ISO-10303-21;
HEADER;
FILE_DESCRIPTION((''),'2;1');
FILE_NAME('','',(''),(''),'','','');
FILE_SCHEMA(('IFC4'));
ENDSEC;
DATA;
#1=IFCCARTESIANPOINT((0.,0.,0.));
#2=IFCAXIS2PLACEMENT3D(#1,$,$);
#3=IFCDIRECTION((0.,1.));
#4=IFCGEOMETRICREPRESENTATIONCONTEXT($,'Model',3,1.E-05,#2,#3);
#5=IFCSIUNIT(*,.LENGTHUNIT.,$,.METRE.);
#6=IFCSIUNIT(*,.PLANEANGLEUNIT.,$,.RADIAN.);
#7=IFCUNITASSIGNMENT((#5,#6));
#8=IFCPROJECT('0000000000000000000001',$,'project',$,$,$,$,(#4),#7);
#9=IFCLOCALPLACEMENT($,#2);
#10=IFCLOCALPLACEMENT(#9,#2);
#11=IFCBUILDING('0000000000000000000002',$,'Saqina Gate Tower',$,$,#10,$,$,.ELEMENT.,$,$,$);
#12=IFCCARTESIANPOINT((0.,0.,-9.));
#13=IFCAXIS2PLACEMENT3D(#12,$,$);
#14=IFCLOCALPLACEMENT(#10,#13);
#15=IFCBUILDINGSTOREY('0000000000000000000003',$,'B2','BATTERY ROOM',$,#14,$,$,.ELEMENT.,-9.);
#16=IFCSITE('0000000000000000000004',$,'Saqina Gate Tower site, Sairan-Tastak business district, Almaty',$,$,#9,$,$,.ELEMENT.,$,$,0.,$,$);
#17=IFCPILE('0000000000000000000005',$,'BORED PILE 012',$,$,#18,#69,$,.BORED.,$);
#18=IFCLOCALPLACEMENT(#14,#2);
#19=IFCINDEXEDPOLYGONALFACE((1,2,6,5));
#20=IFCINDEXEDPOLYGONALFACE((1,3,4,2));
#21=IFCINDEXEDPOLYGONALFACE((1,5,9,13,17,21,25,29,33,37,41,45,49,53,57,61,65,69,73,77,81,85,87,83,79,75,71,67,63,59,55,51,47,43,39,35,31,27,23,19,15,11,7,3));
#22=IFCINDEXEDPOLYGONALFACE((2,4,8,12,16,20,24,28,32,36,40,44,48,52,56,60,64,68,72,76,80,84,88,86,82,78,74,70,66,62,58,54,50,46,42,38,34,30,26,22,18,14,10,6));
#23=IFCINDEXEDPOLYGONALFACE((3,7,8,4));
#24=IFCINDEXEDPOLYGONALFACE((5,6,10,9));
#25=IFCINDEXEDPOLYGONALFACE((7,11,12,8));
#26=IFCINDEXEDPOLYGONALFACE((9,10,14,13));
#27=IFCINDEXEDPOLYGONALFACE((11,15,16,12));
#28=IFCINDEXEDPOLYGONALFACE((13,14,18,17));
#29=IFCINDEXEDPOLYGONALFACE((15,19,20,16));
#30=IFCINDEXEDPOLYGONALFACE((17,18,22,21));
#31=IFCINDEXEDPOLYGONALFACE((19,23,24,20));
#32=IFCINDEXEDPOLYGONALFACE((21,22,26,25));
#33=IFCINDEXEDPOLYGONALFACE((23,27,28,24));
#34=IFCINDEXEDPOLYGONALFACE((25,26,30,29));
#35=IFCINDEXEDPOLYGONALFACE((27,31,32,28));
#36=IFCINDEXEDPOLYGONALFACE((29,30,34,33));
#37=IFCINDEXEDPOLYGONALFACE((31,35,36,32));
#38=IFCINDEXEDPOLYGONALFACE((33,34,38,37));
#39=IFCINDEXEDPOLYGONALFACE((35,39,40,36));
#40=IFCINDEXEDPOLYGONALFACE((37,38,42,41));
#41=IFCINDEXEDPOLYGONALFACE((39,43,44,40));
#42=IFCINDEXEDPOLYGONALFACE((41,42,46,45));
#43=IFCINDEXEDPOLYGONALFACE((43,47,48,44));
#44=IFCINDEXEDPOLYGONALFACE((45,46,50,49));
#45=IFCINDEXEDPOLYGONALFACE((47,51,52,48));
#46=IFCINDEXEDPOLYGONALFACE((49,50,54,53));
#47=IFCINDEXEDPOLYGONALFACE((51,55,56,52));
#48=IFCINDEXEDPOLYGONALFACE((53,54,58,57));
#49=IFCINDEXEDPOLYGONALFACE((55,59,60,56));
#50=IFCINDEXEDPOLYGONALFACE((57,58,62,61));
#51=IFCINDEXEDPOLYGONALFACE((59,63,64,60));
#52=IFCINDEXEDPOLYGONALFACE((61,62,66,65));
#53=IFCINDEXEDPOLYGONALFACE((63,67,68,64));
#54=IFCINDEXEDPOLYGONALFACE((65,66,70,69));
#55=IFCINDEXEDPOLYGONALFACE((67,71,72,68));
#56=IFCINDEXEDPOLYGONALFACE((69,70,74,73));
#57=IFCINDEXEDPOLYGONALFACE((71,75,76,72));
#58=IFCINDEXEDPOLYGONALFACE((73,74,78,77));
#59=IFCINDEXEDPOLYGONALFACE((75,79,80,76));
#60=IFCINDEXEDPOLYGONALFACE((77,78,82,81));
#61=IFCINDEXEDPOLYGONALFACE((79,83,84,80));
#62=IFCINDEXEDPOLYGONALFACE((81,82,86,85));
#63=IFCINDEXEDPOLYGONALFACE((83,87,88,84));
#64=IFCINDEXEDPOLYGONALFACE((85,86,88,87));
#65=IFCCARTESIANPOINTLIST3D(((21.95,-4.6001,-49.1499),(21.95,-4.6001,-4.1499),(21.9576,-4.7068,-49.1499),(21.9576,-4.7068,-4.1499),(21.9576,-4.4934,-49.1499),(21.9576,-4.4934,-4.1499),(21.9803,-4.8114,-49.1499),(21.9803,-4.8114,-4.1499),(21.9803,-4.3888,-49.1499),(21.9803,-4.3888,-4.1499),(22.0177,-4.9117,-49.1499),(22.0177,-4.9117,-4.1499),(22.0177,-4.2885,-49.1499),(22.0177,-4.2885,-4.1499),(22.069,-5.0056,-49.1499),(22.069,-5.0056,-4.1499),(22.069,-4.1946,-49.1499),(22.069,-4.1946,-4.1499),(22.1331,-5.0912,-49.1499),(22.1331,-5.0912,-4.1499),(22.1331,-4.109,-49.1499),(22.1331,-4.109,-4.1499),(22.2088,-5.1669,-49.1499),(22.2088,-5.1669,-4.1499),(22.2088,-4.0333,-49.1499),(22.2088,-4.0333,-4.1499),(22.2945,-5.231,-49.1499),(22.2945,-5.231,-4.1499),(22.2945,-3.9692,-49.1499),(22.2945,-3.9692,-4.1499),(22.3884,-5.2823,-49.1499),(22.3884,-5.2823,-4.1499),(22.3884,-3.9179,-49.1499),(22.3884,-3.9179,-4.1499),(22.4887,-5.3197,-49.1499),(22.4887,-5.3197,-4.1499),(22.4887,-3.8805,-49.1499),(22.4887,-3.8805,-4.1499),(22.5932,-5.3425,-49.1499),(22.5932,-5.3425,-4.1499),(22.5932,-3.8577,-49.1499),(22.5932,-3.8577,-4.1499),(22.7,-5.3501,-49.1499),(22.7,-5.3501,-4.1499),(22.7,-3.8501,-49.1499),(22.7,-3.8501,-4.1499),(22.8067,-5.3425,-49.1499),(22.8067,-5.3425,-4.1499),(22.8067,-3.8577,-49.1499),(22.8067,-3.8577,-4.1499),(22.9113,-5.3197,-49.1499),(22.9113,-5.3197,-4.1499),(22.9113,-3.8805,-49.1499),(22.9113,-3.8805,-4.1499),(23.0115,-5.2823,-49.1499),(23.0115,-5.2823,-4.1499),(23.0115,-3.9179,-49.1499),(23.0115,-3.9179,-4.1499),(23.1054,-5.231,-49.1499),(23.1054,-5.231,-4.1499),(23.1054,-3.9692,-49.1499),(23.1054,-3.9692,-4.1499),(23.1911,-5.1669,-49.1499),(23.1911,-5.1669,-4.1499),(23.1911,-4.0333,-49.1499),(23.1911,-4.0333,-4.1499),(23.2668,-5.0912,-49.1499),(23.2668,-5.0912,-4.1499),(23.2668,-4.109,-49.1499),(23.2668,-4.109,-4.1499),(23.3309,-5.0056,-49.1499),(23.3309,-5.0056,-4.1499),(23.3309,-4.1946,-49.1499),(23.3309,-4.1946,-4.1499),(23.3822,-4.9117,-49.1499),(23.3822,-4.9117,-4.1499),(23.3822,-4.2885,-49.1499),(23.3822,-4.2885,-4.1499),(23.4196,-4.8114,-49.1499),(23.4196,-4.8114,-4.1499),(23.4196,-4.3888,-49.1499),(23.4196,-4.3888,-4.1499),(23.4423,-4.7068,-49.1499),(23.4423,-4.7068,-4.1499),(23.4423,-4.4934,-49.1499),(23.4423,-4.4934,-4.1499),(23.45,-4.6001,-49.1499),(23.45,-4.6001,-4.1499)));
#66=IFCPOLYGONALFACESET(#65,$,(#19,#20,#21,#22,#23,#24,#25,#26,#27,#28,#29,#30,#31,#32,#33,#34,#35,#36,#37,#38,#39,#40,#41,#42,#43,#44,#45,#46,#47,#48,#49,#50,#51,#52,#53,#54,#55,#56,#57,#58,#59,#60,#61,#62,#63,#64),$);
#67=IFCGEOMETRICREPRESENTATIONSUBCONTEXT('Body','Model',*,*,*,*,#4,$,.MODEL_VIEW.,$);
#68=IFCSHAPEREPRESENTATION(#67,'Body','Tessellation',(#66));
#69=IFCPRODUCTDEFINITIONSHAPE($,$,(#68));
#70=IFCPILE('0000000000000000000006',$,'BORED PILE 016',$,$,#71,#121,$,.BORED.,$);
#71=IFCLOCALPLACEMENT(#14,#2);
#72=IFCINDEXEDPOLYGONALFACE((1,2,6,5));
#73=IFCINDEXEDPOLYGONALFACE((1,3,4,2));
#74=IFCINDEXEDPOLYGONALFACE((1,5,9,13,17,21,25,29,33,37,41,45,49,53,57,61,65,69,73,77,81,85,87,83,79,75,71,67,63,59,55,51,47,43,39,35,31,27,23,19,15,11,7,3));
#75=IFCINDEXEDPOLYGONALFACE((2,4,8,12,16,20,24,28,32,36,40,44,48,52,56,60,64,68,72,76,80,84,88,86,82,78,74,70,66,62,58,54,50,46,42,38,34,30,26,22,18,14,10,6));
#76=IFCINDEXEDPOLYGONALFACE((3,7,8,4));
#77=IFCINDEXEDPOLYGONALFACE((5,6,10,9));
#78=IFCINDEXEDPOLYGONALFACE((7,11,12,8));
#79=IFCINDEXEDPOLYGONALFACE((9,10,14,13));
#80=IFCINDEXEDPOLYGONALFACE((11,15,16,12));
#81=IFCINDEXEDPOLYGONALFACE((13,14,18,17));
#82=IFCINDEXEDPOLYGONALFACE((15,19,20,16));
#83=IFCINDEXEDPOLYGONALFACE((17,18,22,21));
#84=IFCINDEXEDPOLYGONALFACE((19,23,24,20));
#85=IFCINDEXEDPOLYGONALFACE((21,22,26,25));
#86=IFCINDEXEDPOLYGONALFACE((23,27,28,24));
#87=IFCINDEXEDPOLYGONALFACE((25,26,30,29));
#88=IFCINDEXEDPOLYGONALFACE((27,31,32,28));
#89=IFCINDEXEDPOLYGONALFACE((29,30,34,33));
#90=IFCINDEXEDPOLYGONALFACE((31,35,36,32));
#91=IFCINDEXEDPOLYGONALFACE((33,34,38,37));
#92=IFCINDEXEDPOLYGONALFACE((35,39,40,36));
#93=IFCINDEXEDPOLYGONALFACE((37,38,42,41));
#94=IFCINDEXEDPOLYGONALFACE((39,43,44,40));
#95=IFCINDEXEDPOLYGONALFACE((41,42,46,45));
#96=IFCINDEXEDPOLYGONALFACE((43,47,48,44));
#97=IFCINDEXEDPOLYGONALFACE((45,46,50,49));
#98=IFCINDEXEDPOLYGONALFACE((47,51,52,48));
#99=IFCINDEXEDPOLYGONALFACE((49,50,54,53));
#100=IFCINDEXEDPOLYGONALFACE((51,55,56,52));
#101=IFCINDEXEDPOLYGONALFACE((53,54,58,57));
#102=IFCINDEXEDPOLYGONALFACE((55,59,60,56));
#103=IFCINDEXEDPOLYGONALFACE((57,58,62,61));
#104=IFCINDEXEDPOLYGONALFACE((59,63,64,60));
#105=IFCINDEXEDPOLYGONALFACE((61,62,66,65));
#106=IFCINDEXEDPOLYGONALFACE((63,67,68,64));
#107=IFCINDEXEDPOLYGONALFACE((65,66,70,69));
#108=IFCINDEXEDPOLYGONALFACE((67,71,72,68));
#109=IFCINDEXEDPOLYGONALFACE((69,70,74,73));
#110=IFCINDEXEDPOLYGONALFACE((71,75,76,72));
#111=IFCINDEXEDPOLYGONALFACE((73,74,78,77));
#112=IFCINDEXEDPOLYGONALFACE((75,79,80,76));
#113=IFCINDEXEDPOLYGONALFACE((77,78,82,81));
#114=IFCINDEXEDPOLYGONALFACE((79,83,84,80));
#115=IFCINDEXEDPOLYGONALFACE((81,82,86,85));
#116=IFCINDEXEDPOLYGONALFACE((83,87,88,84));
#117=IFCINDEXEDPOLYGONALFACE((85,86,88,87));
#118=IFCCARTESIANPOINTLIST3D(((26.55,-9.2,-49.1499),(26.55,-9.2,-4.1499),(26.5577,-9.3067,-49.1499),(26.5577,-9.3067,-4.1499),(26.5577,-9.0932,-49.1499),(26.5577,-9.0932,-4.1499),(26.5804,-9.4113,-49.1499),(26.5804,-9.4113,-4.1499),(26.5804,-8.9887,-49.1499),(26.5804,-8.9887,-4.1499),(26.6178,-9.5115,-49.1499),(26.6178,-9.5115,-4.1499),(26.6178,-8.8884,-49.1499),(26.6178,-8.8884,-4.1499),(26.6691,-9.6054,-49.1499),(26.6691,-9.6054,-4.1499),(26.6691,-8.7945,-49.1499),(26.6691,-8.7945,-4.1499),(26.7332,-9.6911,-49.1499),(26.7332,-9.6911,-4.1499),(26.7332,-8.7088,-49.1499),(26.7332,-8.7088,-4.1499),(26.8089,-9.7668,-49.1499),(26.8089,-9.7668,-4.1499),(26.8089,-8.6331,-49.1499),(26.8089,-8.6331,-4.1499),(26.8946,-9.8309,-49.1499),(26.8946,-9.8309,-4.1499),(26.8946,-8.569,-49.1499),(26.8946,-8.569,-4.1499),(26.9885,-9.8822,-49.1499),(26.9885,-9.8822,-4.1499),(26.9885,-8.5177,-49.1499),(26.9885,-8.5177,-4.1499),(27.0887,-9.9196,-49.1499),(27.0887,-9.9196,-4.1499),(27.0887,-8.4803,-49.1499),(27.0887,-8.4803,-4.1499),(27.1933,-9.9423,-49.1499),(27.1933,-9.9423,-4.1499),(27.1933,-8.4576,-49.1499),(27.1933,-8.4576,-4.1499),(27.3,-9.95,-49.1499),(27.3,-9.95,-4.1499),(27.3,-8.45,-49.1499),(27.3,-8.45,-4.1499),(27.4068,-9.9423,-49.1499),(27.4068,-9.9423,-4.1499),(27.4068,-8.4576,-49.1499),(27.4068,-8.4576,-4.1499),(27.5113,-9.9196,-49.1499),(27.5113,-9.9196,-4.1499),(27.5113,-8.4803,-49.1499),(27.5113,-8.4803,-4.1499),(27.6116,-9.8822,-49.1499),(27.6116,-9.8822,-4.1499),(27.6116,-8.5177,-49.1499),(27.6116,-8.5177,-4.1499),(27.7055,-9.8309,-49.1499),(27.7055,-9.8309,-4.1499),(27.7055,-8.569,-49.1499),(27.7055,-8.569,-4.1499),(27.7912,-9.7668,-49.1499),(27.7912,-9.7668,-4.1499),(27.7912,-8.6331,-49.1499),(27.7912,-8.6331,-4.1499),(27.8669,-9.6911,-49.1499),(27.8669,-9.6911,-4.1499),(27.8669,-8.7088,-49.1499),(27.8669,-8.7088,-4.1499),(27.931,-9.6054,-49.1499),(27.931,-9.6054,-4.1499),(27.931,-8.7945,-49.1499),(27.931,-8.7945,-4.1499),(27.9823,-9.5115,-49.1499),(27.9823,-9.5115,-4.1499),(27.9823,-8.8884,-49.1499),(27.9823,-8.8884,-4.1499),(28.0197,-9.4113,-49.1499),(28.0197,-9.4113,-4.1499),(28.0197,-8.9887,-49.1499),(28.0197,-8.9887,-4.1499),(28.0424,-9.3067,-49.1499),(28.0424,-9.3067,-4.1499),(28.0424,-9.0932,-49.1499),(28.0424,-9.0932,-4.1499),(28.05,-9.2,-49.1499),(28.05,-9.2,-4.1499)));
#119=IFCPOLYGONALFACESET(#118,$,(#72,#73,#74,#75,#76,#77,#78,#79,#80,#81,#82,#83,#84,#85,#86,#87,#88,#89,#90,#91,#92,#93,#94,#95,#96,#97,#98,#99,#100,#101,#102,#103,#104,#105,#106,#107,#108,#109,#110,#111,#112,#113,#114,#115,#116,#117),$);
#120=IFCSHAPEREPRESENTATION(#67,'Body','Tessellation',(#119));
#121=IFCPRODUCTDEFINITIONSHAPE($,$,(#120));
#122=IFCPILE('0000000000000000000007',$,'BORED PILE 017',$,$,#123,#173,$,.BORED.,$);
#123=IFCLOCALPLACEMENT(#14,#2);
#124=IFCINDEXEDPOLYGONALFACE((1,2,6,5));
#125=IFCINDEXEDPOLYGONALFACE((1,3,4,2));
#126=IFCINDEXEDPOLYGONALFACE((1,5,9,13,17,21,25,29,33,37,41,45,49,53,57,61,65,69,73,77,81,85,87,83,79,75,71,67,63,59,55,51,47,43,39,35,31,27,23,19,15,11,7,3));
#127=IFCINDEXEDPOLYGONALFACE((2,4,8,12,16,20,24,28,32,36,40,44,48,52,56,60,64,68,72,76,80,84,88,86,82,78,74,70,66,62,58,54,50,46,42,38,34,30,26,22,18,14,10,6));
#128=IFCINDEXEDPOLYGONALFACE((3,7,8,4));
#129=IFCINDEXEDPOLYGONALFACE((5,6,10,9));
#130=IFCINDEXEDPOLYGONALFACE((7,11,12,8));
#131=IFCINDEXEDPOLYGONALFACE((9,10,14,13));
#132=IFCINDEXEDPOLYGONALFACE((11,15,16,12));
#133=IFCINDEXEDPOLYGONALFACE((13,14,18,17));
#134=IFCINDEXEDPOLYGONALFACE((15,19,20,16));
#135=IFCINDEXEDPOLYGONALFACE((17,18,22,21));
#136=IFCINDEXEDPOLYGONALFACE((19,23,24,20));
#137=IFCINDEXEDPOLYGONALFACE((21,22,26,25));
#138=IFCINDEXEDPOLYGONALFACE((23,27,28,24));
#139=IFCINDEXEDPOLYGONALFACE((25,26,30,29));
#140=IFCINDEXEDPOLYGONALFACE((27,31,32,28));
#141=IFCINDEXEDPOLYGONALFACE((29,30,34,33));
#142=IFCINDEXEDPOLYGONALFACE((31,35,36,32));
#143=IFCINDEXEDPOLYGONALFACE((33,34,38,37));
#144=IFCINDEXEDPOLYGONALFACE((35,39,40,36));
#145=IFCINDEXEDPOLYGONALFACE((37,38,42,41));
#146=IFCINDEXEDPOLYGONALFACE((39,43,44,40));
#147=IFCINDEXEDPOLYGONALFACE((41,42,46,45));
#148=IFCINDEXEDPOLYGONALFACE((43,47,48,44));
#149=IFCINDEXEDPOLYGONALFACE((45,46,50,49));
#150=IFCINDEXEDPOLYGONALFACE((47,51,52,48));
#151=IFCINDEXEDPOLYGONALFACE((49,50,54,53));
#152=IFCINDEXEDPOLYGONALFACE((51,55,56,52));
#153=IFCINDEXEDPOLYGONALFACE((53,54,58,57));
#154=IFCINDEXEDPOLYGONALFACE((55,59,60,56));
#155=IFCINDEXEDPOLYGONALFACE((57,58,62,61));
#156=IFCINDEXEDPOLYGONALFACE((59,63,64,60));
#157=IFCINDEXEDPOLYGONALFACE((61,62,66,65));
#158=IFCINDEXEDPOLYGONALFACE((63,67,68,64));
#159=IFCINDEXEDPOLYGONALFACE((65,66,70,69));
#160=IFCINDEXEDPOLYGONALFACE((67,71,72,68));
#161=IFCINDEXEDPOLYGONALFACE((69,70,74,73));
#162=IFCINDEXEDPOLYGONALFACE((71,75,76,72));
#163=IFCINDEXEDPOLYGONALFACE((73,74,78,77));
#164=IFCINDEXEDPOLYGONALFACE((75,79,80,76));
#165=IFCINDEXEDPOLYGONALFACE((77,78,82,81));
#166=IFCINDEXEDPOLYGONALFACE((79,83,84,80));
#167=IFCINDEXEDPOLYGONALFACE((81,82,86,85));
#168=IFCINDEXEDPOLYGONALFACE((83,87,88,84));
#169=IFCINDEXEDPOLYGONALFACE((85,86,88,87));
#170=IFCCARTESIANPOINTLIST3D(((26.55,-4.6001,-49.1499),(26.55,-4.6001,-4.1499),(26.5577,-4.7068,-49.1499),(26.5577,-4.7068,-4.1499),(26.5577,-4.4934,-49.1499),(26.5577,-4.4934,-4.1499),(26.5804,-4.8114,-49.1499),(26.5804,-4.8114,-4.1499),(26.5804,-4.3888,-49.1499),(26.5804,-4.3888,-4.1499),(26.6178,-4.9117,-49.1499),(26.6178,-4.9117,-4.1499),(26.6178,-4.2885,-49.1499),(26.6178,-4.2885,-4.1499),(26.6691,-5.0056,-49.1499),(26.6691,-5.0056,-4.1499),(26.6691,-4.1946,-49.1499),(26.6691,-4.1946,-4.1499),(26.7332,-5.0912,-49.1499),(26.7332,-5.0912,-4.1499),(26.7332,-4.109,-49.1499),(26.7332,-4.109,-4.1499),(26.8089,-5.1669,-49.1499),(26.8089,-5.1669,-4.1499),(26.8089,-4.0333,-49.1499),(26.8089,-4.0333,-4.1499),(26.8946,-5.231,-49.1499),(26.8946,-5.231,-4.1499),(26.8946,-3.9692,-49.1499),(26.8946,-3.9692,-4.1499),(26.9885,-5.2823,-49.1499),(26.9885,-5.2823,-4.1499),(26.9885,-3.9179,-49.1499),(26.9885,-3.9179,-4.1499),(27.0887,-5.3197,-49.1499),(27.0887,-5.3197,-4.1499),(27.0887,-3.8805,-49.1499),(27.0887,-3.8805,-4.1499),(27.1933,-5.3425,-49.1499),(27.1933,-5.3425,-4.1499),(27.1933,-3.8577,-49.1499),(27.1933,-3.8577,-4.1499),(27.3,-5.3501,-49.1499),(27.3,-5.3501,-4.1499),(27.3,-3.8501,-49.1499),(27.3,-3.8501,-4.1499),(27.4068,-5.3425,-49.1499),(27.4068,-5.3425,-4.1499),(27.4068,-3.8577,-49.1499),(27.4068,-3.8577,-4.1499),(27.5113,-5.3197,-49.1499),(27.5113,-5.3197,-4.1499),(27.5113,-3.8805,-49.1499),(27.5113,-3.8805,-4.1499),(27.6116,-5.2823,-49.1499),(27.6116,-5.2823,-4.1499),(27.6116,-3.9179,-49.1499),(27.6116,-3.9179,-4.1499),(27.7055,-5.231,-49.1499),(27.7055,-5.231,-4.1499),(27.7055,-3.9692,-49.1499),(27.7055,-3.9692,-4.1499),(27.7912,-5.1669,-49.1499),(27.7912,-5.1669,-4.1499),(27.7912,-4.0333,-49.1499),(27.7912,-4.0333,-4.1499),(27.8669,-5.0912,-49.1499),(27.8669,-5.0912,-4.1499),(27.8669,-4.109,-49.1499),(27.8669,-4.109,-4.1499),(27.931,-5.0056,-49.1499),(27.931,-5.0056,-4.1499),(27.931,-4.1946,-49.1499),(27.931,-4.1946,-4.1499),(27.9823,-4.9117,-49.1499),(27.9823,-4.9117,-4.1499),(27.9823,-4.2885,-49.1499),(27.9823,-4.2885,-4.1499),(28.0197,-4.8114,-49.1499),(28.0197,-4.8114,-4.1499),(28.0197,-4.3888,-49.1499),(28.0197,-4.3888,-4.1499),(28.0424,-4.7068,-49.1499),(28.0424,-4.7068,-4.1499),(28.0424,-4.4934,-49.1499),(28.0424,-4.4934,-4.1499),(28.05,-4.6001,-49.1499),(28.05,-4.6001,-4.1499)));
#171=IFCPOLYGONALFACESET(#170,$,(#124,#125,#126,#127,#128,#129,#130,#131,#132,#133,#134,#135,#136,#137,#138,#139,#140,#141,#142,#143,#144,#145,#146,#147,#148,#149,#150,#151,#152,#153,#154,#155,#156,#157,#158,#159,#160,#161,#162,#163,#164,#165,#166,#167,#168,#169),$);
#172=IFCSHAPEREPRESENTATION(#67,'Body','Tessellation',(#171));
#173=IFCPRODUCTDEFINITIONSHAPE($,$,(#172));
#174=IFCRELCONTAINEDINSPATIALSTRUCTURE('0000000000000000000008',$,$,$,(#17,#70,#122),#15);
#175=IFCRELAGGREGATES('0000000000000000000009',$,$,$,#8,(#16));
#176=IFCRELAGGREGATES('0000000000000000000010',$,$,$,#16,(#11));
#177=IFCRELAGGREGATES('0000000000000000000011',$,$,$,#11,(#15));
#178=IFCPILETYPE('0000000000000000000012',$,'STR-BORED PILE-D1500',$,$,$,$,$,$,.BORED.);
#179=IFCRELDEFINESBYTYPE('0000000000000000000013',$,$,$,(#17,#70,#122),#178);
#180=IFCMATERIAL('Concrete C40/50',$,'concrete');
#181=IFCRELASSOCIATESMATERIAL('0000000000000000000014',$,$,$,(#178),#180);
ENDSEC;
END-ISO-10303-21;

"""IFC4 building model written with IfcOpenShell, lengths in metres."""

from ifc_helpers import new_model, si_unit, direction, frame, origin, origin_2d, place, context, subcontext, project, spatial, circle, extrude, material, material_profile, profile_set, type_object, element, save


model = new_model("IFC4")

# Units and contexts
model_context = context("Model", 3, precision=1e-05, world=origin(), true_north=direction((0.0, 1.0)))
body_context = subcontext(model_context, "Body", "Model", "MODEL_VIEW")
ifc_project = project(units=[si_unit("LENGTHUNIT", "METRE"), si_unit("PLANEANGLEUNIT", "RADIAN")], contexts=[model_context])

# Site, building, storey
site_placement = place(None, origin())
site = spatial("IfcSite", under=ifc_project, at=site_placement, Name="Saqina Gate Tower site, Sairan-Tastak business district, Almaty", CompositionType="ELEMENT", RefElevation=0.0)
building_placement = place(site_placement, origin())
building = spatial("IfcBuilding", under=site, at=building_placement, Name="Saqina Gate Tower", CompositionType="ELEMENT")
storey_placement = place(building_placement, frame((0.0, 0.0, -9.0)))
storey = spatial("IfcBuildingStorey", under=building, at=storey_placement, Name="B2", Description="BATTERY ROOM", CompositionType="ELEMENT", Elevation=-9.0)

# Piles
ifc_material_1 = material(Name="Concrete C40/50", Category="concrete")
ifc_material_profile_1 = material_profile(ifc_material_1, circle(Radius=0.75, at=origin_2d()), Name="RC D1500")
ifc_profile_set_1 = profile_set([ifc_material_profile_1], Name="Concrete C40/50")
pile_type = type_object("IfcPileType", Name="STR-BORED PILE-D1500", PredefinedType="BORED", material=ifc_profile_set_1)
for number, where, z_axis, x_axis, name in (
    (1, (22.7, -4.6001, -4.1499), (0.0, 0.0, -1.0), (1.0, 0.0, 0.0), "BORED PILE 012"),
    (2, (27.3, -9.2, -4.1499), (0.0, 0.0, -1.0), (1.0, 0.0, 0.0), "BORED PILE 016"),
    (3, (27.3, -4.6001, -4.1499), (0.0, 0.0, -1.0), (1.0, 0.0, 0.0), "BORED PILE 017"),
):
    element("IfcPile", number, at=place(storey_placement, frame(where, z_axis=z_axis, x_axis=x_axis)), inside=storey, type_object=pile_type, Name=name, PredefinedType="BORED", context=body_context, shape_type="SweptSolid", body=[
        extrude(circle(Radius=0.75, at=origin_2d()), origin(), (0.0, 0.0, 1.0), 45.0),
    ])

save(model, "model.ifc")
